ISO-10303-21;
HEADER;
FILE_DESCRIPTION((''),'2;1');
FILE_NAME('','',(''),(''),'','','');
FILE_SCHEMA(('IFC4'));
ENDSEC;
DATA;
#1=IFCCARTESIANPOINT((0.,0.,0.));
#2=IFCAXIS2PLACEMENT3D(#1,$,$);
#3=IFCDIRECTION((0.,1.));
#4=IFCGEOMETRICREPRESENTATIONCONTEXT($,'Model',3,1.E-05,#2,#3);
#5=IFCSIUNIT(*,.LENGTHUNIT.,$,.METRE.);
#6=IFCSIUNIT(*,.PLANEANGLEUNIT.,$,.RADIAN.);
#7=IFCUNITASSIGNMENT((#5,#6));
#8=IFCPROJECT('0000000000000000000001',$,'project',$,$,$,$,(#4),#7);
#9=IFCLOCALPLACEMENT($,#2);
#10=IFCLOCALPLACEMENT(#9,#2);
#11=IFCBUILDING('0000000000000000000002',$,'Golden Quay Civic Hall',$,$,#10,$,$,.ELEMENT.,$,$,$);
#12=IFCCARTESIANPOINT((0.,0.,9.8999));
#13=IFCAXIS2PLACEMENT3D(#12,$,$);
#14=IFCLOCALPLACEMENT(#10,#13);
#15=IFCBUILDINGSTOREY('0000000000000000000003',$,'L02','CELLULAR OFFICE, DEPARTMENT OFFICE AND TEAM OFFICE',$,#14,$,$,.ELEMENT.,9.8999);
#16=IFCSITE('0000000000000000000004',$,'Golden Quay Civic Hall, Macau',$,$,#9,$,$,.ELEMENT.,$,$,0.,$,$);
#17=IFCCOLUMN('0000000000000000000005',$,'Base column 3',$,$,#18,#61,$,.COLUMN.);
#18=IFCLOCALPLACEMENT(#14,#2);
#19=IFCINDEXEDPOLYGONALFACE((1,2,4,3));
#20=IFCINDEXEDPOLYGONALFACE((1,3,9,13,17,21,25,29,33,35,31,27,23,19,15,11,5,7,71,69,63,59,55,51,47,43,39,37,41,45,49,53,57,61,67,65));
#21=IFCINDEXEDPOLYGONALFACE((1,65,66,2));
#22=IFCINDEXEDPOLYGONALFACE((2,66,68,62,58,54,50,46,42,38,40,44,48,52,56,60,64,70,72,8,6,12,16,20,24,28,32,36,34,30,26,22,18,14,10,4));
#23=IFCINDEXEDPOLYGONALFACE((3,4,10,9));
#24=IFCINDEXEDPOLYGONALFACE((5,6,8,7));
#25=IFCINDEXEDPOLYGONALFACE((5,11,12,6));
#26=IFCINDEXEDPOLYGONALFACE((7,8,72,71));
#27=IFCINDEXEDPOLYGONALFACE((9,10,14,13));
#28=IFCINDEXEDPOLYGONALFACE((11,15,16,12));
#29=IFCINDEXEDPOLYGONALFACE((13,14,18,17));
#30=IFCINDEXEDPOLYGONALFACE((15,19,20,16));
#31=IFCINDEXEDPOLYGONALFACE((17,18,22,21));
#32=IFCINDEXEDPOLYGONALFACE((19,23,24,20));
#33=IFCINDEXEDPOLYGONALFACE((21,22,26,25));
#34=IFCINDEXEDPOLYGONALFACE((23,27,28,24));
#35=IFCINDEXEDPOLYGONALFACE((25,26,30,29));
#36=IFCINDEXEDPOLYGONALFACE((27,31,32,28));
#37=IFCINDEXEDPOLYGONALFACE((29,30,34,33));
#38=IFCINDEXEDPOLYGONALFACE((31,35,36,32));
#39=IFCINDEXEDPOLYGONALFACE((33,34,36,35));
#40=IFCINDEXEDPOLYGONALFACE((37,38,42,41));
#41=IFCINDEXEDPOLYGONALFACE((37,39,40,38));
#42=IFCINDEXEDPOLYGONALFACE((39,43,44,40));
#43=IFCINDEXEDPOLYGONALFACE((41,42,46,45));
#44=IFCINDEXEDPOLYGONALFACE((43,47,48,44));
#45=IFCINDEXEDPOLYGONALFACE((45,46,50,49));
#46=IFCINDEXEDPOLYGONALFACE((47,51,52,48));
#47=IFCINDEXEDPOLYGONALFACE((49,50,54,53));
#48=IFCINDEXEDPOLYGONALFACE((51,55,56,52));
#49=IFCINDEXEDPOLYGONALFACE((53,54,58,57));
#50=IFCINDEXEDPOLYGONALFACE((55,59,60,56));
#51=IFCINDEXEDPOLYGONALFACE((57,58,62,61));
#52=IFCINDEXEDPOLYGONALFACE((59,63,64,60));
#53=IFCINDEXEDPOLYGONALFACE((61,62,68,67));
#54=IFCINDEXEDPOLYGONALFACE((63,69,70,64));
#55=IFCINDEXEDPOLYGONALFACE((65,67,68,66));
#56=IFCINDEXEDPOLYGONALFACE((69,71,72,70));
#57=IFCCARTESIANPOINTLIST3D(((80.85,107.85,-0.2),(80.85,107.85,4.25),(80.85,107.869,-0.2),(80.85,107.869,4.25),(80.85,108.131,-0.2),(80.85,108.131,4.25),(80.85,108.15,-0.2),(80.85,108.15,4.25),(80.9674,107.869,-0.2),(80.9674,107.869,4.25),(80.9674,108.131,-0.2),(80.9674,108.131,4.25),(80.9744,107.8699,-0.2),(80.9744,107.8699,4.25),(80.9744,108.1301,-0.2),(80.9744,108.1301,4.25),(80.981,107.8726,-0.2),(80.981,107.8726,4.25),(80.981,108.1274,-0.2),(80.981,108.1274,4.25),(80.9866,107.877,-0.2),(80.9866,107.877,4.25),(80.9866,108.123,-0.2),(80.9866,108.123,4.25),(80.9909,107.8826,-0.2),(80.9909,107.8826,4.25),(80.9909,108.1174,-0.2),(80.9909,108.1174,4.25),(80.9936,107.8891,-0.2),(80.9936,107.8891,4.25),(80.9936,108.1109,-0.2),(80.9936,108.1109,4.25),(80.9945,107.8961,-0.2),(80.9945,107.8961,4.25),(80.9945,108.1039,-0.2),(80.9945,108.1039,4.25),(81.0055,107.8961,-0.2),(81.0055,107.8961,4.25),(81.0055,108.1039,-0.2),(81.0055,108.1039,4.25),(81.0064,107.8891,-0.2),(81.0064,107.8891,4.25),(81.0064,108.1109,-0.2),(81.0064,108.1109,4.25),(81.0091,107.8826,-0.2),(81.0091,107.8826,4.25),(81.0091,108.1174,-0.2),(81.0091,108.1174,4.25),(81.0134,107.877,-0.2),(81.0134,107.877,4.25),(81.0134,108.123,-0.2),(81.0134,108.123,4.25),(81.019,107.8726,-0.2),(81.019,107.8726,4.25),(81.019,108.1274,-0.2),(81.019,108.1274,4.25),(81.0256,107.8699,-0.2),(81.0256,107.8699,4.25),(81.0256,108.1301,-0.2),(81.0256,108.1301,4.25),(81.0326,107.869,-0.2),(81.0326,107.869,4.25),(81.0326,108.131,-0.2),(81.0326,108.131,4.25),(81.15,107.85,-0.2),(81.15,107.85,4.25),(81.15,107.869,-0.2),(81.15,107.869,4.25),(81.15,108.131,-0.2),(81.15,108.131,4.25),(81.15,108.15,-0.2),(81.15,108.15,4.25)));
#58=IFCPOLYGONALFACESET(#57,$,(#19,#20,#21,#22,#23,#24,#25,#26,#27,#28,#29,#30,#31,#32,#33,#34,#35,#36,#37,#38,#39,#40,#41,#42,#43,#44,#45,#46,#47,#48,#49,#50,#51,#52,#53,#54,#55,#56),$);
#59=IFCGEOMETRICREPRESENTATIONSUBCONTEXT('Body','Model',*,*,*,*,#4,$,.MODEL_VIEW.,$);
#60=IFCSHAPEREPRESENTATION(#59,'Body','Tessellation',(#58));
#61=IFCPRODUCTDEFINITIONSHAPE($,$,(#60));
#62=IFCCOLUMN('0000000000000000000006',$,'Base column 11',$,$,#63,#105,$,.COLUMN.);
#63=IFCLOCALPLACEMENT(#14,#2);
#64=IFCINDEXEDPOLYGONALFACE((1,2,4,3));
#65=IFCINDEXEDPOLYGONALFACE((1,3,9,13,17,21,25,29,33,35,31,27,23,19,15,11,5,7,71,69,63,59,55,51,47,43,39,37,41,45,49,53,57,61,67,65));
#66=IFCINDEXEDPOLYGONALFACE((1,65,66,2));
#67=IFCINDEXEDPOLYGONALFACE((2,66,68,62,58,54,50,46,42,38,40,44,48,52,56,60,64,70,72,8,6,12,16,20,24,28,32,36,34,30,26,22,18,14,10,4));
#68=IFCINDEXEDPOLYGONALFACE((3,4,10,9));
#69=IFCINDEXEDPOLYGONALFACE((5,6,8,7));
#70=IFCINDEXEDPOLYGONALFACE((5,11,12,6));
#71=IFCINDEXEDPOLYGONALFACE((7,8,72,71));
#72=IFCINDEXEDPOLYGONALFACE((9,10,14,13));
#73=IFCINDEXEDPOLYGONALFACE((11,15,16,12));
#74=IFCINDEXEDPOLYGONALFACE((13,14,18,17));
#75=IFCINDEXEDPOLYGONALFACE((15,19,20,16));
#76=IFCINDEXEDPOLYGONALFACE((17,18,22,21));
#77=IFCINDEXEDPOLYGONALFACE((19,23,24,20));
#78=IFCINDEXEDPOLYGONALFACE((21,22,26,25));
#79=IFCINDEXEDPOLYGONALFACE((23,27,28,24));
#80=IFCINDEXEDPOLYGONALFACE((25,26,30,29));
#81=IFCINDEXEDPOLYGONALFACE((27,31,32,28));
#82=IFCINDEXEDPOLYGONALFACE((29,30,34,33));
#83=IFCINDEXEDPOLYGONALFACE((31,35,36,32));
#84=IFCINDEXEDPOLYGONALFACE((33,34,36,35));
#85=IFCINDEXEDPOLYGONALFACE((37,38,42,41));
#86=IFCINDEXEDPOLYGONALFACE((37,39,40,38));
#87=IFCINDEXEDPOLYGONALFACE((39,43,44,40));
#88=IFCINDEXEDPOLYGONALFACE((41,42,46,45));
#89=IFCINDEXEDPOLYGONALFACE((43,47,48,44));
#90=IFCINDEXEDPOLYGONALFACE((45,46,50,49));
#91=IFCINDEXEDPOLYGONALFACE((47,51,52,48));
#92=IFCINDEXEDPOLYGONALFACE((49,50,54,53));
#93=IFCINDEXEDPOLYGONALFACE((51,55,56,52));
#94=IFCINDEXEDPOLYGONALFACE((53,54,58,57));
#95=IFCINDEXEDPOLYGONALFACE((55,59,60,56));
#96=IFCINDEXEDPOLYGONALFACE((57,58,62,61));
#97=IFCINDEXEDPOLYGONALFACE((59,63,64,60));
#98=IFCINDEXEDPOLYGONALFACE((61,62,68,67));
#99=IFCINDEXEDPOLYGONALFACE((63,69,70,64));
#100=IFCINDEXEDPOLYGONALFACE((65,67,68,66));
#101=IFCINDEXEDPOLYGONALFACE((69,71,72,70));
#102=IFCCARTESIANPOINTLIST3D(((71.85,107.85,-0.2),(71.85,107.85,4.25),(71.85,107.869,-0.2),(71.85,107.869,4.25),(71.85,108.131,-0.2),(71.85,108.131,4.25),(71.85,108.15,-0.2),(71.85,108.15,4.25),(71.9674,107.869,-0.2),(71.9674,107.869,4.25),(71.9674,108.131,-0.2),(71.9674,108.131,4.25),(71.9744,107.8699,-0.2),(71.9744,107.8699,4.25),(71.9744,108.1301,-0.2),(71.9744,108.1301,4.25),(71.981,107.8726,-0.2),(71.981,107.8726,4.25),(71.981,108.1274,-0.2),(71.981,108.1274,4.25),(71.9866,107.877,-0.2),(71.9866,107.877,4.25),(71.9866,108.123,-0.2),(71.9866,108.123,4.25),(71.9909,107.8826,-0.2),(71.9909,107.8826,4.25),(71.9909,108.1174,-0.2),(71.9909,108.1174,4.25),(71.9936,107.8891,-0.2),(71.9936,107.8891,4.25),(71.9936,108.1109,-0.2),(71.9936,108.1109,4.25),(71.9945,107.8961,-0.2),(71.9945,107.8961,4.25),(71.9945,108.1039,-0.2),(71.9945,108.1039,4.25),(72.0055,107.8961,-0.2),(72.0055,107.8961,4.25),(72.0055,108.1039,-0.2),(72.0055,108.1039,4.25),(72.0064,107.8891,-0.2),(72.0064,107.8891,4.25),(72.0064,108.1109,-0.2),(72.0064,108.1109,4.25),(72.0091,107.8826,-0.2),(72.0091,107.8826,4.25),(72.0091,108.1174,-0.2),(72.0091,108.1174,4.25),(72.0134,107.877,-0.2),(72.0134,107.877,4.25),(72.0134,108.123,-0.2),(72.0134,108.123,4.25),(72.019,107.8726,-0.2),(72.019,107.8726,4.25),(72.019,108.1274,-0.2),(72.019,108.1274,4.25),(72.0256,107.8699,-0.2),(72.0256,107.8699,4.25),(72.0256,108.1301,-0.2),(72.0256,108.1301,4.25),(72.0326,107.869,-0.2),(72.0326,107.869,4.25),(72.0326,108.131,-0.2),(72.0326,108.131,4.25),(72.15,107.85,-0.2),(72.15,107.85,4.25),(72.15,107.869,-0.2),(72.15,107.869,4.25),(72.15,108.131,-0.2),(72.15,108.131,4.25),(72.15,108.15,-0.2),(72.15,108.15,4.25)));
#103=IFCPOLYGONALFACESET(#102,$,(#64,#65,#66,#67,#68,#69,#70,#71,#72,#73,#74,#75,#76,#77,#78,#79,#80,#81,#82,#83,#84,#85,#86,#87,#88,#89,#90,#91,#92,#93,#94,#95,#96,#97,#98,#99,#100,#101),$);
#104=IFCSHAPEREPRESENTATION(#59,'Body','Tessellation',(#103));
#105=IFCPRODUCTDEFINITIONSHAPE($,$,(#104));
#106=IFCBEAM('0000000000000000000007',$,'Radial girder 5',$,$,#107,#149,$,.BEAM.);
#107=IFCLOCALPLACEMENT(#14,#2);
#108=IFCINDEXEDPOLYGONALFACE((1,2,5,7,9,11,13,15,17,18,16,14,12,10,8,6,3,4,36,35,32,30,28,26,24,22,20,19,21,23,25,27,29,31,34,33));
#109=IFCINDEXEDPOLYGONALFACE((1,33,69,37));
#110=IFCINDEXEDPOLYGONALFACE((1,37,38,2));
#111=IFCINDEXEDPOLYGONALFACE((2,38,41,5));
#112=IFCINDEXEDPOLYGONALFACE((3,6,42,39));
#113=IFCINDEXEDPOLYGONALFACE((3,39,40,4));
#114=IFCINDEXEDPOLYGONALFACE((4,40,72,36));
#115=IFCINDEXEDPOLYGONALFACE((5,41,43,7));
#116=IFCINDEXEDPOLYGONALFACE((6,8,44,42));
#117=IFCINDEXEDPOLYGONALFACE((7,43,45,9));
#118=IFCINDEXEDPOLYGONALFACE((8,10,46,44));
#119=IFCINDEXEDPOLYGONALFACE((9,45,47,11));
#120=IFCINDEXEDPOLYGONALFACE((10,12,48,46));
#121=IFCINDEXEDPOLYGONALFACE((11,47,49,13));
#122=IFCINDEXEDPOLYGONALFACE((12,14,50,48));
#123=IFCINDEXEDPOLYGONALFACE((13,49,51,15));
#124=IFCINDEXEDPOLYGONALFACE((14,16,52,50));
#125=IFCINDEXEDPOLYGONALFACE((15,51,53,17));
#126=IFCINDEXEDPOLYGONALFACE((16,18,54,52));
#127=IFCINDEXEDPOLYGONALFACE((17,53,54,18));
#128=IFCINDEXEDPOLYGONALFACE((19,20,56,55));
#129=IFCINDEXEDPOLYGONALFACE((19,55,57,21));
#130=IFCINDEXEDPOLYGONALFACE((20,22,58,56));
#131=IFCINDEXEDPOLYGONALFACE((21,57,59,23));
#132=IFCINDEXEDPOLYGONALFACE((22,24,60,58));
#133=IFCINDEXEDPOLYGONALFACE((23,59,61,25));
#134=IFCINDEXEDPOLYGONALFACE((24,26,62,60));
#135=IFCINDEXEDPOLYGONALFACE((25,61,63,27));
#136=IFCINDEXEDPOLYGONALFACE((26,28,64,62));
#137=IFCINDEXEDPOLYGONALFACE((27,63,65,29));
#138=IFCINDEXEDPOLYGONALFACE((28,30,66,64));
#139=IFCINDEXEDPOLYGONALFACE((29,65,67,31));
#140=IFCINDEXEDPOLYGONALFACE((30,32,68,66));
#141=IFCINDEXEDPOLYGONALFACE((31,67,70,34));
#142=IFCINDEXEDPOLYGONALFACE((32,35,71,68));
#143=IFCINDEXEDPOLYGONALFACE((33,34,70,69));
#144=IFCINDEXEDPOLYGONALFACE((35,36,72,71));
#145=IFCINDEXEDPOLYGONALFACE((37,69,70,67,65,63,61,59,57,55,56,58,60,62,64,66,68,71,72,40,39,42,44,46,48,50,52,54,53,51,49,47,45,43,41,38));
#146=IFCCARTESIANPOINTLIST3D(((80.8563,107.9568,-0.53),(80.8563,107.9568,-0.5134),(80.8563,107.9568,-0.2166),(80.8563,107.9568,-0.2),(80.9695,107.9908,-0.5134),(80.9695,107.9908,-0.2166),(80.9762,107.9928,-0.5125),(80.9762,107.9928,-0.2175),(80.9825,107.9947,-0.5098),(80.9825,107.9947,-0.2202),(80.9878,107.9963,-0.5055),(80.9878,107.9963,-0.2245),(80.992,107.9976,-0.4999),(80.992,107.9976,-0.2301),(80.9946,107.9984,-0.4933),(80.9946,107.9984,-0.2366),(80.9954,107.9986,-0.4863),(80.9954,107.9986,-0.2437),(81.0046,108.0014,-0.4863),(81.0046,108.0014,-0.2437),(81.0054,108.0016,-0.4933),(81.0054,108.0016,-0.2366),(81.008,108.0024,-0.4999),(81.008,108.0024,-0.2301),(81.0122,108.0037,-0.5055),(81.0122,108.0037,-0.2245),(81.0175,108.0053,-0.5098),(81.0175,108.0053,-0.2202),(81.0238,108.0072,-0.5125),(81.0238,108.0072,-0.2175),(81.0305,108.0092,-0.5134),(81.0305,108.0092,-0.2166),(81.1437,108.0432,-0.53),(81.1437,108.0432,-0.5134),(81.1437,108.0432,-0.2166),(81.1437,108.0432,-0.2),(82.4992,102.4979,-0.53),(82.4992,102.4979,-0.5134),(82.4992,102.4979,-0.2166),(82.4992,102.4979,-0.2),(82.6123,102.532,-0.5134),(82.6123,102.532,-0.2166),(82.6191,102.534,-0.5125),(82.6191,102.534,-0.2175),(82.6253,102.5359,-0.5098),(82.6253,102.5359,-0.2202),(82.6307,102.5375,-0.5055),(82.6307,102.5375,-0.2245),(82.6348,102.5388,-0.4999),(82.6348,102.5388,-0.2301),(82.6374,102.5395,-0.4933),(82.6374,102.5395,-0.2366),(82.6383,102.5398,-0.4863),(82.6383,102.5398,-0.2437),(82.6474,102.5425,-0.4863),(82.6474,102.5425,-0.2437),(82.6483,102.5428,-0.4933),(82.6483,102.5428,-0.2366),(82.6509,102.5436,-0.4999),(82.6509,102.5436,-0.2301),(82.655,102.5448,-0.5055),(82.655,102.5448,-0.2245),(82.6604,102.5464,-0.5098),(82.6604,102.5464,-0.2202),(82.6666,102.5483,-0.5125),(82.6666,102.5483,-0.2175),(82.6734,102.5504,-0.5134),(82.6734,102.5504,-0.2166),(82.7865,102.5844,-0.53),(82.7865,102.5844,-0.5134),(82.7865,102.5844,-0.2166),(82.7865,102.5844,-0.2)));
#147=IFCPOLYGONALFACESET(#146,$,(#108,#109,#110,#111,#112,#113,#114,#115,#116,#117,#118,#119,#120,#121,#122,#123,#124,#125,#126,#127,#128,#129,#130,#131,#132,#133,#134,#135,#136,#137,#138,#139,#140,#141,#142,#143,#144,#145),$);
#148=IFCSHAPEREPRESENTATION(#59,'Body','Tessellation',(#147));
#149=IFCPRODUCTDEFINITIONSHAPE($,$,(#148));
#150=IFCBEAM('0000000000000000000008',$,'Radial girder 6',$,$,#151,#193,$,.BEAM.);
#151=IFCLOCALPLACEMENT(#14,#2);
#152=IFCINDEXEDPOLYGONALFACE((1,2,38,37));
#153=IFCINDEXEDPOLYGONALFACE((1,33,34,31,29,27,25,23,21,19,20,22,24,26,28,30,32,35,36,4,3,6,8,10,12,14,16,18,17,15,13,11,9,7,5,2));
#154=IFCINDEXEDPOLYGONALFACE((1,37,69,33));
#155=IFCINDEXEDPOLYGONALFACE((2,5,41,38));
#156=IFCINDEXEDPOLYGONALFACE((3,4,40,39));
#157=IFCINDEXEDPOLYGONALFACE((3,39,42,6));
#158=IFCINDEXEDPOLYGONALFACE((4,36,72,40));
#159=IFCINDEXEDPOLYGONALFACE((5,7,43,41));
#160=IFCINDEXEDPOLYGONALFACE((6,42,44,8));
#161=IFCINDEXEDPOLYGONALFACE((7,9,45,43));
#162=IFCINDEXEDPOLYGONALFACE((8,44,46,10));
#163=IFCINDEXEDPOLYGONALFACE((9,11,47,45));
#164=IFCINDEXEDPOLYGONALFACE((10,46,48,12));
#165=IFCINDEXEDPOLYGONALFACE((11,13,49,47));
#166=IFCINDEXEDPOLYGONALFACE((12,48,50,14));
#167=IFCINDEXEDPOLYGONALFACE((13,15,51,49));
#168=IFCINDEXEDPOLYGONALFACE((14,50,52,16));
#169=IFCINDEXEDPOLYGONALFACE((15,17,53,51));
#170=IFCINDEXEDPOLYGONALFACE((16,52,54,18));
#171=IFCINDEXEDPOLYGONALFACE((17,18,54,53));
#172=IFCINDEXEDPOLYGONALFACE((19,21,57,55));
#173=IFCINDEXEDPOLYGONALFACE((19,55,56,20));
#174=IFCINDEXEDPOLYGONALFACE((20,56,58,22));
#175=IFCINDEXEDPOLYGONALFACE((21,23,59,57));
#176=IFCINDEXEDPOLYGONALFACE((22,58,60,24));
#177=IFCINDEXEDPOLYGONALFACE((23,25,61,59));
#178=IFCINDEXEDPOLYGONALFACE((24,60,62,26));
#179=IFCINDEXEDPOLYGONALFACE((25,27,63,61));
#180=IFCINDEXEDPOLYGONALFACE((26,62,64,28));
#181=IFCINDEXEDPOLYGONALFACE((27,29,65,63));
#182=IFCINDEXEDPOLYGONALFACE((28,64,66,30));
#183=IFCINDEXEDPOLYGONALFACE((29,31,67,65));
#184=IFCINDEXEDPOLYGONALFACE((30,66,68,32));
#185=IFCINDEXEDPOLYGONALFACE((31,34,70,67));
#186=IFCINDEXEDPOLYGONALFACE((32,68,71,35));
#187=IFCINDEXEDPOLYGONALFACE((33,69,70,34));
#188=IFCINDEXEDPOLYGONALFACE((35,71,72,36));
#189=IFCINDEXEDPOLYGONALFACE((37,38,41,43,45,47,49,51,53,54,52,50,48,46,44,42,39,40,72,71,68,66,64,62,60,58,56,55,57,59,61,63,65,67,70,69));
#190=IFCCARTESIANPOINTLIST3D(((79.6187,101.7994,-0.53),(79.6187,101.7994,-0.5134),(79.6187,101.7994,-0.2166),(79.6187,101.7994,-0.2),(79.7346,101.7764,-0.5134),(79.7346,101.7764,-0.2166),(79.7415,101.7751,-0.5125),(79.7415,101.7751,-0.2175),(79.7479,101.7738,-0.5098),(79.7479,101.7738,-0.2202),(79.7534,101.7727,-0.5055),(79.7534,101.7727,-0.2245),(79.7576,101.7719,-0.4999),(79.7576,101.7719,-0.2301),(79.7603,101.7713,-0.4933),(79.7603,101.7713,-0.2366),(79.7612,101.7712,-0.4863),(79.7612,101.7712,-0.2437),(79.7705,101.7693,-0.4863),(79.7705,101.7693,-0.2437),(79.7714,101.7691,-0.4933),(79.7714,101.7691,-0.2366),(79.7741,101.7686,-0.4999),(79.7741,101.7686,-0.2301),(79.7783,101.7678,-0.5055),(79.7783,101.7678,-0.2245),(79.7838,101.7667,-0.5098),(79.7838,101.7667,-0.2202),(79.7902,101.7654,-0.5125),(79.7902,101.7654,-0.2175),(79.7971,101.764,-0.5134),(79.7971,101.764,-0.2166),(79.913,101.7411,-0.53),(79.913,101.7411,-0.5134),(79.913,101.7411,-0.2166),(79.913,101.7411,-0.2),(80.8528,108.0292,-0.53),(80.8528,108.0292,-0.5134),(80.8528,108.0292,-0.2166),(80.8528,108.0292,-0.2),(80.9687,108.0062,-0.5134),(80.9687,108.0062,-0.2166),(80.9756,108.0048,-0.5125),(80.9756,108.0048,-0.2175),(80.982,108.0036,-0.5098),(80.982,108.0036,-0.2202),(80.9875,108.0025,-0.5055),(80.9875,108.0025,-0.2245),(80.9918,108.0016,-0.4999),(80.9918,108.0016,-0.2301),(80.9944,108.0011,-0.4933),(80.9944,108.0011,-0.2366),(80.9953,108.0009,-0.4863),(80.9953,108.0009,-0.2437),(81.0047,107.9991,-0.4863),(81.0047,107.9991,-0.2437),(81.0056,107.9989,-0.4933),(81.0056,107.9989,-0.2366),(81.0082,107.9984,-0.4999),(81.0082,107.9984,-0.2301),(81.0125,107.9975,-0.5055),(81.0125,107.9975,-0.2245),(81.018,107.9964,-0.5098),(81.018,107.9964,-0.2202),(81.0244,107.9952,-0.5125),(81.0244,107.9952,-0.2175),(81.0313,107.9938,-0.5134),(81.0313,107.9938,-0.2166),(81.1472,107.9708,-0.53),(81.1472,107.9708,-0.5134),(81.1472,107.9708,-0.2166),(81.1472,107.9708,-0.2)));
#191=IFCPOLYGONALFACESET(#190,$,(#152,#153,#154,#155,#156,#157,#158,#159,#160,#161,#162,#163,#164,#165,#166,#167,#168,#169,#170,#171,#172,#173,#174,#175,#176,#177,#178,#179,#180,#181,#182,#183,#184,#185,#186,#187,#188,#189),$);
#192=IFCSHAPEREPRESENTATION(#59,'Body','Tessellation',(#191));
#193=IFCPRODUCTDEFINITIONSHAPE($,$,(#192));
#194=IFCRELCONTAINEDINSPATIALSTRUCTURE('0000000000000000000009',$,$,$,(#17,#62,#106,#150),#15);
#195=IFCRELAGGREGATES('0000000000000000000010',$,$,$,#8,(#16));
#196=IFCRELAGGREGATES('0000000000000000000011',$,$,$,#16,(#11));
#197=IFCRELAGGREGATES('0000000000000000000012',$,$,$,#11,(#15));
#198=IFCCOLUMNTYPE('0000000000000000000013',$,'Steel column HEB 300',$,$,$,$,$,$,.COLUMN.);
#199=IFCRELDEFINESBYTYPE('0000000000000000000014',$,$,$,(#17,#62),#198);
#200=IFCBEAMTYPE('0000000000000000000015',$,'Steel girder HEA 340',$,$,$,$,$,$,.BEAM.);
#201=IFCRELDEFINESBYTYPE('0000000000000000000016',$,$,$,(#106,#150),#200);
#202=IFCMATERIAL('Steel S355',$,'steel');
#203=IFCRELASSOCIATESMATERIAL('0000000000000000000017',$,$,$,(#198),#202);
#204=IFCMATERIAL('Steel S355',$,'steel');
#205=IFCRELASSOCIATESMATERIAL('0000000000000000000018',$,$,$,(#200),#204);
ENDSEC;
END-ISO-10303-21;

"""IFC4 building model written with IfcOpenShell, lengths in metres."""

from ifc_helpers import new_model, si_unit, direction, frame, origin, origin_2d, place, context, subcontext, project, spatial, i_section, extrude, material, material_profile, profile_set, type_object, element, save


model = new_model("IFC4")

# Units and contexts
model_context = context("Model", 3, precision=1e-05, world=origin(), true_north=direction((0.0, 1.0)))
body_context = subcontext(model_context, "Body", "Model", "MODEL_VIEW")
ifc_project = project(units=[si_unit("LENGTHUNIT", "METRE"), si_unit("PLANEANGLEUNIT", "RADIAN")], contexts=[model_context])

# Site, building, storey
site_placement = place(None, origin())
site = spatial("IfcSite", under=ifc_project, at=site_placement, Name="Golden Quay Civic Hall, Macau", CompositionType="ELEMENT", RefElevation=0.0)
building_placement = place(site_placement, origin())
building = spatial("IfcBuilding", under=site, at=building_placement, Name="Golden Quay Civic Hall", CompositionType="ELEMENT")
storey_placement = place(building_placement, frame((0.0, 0.0, 9.8999)))
storey = spatial("IfcBuildingStorey", under=building, at=storey_placement, Name="L02", Description="CELLULAR OFFICE, DEPARTMENT OFFICE AND TEAM OFFICE", CompositionType="ELEMENT", Elevation=9.8999)

# Columns
ifc_material_1 = material(Name="Steel S355", Category="steel")
ifc_material_profile_1 = material_profile(ifc_material_1, i_section(OverallWidth=0.3, OverallDepth=0.3, WebThickness=0.011, FlangeThickness=0.019, FilletRadius=0.0271, at=origin_2d()), Name="HEB 300")
ifc_profile_set_1 = profile_set([ifc_material_profile_1], Name="Steel S355")
column_type = type_object("IfcColumnType", Name="Steel column HEB 300", PredefinedType="COLUMN", material=ifc_profile_set_1)
for number, where, z_axis, x_axis, name in (
    (1, (81.0, 108.0, -0.2), (0.0, 0.0, 1.0), (1.0, 0.0, 0.0), "Base column 3"),
    (2, (72.0, 108.0, -0.2), (0.0, 0.0, 1.0), (1.0, 0.0, 0.0), "Base column 11"),
):
    element("IfcColumn", number, at=place(storey_placement, frame(where, z_axis=z_axis, x_axis=x_axis)), inside=storey, type_object=column_type, Name=name, PredefinedType="COLUMN", context=body_context, shape_type="SweptSolid", body=[
        extrude(i_section(OverallWidth=0.3, OverallDepth=0.3, WebThickness=0.011, FlangeThickness=0.019, FilletRadius=0.0271, at=origin_2d()), origin(), (0.0, 0.0, 1.0), 4.45),
    ])

# Beams
ifc_material_2 = material(Name="Steel S355", Category="steel")
ifc_material_profile_2 = material_profile(ifc_material_2, i_section(OverallWidth=0.3, OverallDepth=0.3301, WebThickness=0.0095, FlangeThickness=0.0166, FilletRadius=0.0271, at=origin_2d()), Name="HEA 340")
ifc_profile_set_2 = profile_set([ifc_material_profile_2], Name="Steel S355")
beam_type_1 = type_object("IfcBeamType", Name="Steel girder HEA 340", PredefinedType="BEAM", material=ifc_profile_set_2)
beam_1_placement = place(storey_placement, frame((81.0, 108.0, -0.365), z_axis=(0.288185, -0.957575, 0.0), x_axis=(0.957575, 0.288185, 0.0)))
element("IfcBeam", 3, at=beam_1_placement, inside=storey, type_object=beam_type_1, Name="Radial girder 5", PredefinedType="BEAM", context=body_context, shape_type="SweptSolid", body=[
    extrude(i_section(OverallWidth=0.3, OverallDepth=0.3301, WebThickness=0.0095, FlangeThickness=0.0166, FilletRadius=0.0271, at=origin_2d()), origin(), (0.0, 0.0, 1.0), 5.7007),
])
beam_2_placement = place(storey_placement, frame((81.0, 108.0, -0.365), z_axis=(-0.194327, -0.980937, 0.0), x_axis=(0.980937, -0.194327, 0.0)))
element("IfcBeam", 4, at=beam_2_placement, inside=storey, type_object=beam_type_1, Name="Radial girder 6", PredefinedType="BEAM", context=body_context, shape_type="SweptSolid", body=[
    extrude(i_section(OverallWidth=0.3, OverallDepth=0.3301, WebThickness=0.0095, FlangeThickness=0.0166, FilletRadius=0.0271, at=origin_2d()), origin(), (0.0, 0.0, 1.0), 6.3508),
])

save(model, "model.ifc")
